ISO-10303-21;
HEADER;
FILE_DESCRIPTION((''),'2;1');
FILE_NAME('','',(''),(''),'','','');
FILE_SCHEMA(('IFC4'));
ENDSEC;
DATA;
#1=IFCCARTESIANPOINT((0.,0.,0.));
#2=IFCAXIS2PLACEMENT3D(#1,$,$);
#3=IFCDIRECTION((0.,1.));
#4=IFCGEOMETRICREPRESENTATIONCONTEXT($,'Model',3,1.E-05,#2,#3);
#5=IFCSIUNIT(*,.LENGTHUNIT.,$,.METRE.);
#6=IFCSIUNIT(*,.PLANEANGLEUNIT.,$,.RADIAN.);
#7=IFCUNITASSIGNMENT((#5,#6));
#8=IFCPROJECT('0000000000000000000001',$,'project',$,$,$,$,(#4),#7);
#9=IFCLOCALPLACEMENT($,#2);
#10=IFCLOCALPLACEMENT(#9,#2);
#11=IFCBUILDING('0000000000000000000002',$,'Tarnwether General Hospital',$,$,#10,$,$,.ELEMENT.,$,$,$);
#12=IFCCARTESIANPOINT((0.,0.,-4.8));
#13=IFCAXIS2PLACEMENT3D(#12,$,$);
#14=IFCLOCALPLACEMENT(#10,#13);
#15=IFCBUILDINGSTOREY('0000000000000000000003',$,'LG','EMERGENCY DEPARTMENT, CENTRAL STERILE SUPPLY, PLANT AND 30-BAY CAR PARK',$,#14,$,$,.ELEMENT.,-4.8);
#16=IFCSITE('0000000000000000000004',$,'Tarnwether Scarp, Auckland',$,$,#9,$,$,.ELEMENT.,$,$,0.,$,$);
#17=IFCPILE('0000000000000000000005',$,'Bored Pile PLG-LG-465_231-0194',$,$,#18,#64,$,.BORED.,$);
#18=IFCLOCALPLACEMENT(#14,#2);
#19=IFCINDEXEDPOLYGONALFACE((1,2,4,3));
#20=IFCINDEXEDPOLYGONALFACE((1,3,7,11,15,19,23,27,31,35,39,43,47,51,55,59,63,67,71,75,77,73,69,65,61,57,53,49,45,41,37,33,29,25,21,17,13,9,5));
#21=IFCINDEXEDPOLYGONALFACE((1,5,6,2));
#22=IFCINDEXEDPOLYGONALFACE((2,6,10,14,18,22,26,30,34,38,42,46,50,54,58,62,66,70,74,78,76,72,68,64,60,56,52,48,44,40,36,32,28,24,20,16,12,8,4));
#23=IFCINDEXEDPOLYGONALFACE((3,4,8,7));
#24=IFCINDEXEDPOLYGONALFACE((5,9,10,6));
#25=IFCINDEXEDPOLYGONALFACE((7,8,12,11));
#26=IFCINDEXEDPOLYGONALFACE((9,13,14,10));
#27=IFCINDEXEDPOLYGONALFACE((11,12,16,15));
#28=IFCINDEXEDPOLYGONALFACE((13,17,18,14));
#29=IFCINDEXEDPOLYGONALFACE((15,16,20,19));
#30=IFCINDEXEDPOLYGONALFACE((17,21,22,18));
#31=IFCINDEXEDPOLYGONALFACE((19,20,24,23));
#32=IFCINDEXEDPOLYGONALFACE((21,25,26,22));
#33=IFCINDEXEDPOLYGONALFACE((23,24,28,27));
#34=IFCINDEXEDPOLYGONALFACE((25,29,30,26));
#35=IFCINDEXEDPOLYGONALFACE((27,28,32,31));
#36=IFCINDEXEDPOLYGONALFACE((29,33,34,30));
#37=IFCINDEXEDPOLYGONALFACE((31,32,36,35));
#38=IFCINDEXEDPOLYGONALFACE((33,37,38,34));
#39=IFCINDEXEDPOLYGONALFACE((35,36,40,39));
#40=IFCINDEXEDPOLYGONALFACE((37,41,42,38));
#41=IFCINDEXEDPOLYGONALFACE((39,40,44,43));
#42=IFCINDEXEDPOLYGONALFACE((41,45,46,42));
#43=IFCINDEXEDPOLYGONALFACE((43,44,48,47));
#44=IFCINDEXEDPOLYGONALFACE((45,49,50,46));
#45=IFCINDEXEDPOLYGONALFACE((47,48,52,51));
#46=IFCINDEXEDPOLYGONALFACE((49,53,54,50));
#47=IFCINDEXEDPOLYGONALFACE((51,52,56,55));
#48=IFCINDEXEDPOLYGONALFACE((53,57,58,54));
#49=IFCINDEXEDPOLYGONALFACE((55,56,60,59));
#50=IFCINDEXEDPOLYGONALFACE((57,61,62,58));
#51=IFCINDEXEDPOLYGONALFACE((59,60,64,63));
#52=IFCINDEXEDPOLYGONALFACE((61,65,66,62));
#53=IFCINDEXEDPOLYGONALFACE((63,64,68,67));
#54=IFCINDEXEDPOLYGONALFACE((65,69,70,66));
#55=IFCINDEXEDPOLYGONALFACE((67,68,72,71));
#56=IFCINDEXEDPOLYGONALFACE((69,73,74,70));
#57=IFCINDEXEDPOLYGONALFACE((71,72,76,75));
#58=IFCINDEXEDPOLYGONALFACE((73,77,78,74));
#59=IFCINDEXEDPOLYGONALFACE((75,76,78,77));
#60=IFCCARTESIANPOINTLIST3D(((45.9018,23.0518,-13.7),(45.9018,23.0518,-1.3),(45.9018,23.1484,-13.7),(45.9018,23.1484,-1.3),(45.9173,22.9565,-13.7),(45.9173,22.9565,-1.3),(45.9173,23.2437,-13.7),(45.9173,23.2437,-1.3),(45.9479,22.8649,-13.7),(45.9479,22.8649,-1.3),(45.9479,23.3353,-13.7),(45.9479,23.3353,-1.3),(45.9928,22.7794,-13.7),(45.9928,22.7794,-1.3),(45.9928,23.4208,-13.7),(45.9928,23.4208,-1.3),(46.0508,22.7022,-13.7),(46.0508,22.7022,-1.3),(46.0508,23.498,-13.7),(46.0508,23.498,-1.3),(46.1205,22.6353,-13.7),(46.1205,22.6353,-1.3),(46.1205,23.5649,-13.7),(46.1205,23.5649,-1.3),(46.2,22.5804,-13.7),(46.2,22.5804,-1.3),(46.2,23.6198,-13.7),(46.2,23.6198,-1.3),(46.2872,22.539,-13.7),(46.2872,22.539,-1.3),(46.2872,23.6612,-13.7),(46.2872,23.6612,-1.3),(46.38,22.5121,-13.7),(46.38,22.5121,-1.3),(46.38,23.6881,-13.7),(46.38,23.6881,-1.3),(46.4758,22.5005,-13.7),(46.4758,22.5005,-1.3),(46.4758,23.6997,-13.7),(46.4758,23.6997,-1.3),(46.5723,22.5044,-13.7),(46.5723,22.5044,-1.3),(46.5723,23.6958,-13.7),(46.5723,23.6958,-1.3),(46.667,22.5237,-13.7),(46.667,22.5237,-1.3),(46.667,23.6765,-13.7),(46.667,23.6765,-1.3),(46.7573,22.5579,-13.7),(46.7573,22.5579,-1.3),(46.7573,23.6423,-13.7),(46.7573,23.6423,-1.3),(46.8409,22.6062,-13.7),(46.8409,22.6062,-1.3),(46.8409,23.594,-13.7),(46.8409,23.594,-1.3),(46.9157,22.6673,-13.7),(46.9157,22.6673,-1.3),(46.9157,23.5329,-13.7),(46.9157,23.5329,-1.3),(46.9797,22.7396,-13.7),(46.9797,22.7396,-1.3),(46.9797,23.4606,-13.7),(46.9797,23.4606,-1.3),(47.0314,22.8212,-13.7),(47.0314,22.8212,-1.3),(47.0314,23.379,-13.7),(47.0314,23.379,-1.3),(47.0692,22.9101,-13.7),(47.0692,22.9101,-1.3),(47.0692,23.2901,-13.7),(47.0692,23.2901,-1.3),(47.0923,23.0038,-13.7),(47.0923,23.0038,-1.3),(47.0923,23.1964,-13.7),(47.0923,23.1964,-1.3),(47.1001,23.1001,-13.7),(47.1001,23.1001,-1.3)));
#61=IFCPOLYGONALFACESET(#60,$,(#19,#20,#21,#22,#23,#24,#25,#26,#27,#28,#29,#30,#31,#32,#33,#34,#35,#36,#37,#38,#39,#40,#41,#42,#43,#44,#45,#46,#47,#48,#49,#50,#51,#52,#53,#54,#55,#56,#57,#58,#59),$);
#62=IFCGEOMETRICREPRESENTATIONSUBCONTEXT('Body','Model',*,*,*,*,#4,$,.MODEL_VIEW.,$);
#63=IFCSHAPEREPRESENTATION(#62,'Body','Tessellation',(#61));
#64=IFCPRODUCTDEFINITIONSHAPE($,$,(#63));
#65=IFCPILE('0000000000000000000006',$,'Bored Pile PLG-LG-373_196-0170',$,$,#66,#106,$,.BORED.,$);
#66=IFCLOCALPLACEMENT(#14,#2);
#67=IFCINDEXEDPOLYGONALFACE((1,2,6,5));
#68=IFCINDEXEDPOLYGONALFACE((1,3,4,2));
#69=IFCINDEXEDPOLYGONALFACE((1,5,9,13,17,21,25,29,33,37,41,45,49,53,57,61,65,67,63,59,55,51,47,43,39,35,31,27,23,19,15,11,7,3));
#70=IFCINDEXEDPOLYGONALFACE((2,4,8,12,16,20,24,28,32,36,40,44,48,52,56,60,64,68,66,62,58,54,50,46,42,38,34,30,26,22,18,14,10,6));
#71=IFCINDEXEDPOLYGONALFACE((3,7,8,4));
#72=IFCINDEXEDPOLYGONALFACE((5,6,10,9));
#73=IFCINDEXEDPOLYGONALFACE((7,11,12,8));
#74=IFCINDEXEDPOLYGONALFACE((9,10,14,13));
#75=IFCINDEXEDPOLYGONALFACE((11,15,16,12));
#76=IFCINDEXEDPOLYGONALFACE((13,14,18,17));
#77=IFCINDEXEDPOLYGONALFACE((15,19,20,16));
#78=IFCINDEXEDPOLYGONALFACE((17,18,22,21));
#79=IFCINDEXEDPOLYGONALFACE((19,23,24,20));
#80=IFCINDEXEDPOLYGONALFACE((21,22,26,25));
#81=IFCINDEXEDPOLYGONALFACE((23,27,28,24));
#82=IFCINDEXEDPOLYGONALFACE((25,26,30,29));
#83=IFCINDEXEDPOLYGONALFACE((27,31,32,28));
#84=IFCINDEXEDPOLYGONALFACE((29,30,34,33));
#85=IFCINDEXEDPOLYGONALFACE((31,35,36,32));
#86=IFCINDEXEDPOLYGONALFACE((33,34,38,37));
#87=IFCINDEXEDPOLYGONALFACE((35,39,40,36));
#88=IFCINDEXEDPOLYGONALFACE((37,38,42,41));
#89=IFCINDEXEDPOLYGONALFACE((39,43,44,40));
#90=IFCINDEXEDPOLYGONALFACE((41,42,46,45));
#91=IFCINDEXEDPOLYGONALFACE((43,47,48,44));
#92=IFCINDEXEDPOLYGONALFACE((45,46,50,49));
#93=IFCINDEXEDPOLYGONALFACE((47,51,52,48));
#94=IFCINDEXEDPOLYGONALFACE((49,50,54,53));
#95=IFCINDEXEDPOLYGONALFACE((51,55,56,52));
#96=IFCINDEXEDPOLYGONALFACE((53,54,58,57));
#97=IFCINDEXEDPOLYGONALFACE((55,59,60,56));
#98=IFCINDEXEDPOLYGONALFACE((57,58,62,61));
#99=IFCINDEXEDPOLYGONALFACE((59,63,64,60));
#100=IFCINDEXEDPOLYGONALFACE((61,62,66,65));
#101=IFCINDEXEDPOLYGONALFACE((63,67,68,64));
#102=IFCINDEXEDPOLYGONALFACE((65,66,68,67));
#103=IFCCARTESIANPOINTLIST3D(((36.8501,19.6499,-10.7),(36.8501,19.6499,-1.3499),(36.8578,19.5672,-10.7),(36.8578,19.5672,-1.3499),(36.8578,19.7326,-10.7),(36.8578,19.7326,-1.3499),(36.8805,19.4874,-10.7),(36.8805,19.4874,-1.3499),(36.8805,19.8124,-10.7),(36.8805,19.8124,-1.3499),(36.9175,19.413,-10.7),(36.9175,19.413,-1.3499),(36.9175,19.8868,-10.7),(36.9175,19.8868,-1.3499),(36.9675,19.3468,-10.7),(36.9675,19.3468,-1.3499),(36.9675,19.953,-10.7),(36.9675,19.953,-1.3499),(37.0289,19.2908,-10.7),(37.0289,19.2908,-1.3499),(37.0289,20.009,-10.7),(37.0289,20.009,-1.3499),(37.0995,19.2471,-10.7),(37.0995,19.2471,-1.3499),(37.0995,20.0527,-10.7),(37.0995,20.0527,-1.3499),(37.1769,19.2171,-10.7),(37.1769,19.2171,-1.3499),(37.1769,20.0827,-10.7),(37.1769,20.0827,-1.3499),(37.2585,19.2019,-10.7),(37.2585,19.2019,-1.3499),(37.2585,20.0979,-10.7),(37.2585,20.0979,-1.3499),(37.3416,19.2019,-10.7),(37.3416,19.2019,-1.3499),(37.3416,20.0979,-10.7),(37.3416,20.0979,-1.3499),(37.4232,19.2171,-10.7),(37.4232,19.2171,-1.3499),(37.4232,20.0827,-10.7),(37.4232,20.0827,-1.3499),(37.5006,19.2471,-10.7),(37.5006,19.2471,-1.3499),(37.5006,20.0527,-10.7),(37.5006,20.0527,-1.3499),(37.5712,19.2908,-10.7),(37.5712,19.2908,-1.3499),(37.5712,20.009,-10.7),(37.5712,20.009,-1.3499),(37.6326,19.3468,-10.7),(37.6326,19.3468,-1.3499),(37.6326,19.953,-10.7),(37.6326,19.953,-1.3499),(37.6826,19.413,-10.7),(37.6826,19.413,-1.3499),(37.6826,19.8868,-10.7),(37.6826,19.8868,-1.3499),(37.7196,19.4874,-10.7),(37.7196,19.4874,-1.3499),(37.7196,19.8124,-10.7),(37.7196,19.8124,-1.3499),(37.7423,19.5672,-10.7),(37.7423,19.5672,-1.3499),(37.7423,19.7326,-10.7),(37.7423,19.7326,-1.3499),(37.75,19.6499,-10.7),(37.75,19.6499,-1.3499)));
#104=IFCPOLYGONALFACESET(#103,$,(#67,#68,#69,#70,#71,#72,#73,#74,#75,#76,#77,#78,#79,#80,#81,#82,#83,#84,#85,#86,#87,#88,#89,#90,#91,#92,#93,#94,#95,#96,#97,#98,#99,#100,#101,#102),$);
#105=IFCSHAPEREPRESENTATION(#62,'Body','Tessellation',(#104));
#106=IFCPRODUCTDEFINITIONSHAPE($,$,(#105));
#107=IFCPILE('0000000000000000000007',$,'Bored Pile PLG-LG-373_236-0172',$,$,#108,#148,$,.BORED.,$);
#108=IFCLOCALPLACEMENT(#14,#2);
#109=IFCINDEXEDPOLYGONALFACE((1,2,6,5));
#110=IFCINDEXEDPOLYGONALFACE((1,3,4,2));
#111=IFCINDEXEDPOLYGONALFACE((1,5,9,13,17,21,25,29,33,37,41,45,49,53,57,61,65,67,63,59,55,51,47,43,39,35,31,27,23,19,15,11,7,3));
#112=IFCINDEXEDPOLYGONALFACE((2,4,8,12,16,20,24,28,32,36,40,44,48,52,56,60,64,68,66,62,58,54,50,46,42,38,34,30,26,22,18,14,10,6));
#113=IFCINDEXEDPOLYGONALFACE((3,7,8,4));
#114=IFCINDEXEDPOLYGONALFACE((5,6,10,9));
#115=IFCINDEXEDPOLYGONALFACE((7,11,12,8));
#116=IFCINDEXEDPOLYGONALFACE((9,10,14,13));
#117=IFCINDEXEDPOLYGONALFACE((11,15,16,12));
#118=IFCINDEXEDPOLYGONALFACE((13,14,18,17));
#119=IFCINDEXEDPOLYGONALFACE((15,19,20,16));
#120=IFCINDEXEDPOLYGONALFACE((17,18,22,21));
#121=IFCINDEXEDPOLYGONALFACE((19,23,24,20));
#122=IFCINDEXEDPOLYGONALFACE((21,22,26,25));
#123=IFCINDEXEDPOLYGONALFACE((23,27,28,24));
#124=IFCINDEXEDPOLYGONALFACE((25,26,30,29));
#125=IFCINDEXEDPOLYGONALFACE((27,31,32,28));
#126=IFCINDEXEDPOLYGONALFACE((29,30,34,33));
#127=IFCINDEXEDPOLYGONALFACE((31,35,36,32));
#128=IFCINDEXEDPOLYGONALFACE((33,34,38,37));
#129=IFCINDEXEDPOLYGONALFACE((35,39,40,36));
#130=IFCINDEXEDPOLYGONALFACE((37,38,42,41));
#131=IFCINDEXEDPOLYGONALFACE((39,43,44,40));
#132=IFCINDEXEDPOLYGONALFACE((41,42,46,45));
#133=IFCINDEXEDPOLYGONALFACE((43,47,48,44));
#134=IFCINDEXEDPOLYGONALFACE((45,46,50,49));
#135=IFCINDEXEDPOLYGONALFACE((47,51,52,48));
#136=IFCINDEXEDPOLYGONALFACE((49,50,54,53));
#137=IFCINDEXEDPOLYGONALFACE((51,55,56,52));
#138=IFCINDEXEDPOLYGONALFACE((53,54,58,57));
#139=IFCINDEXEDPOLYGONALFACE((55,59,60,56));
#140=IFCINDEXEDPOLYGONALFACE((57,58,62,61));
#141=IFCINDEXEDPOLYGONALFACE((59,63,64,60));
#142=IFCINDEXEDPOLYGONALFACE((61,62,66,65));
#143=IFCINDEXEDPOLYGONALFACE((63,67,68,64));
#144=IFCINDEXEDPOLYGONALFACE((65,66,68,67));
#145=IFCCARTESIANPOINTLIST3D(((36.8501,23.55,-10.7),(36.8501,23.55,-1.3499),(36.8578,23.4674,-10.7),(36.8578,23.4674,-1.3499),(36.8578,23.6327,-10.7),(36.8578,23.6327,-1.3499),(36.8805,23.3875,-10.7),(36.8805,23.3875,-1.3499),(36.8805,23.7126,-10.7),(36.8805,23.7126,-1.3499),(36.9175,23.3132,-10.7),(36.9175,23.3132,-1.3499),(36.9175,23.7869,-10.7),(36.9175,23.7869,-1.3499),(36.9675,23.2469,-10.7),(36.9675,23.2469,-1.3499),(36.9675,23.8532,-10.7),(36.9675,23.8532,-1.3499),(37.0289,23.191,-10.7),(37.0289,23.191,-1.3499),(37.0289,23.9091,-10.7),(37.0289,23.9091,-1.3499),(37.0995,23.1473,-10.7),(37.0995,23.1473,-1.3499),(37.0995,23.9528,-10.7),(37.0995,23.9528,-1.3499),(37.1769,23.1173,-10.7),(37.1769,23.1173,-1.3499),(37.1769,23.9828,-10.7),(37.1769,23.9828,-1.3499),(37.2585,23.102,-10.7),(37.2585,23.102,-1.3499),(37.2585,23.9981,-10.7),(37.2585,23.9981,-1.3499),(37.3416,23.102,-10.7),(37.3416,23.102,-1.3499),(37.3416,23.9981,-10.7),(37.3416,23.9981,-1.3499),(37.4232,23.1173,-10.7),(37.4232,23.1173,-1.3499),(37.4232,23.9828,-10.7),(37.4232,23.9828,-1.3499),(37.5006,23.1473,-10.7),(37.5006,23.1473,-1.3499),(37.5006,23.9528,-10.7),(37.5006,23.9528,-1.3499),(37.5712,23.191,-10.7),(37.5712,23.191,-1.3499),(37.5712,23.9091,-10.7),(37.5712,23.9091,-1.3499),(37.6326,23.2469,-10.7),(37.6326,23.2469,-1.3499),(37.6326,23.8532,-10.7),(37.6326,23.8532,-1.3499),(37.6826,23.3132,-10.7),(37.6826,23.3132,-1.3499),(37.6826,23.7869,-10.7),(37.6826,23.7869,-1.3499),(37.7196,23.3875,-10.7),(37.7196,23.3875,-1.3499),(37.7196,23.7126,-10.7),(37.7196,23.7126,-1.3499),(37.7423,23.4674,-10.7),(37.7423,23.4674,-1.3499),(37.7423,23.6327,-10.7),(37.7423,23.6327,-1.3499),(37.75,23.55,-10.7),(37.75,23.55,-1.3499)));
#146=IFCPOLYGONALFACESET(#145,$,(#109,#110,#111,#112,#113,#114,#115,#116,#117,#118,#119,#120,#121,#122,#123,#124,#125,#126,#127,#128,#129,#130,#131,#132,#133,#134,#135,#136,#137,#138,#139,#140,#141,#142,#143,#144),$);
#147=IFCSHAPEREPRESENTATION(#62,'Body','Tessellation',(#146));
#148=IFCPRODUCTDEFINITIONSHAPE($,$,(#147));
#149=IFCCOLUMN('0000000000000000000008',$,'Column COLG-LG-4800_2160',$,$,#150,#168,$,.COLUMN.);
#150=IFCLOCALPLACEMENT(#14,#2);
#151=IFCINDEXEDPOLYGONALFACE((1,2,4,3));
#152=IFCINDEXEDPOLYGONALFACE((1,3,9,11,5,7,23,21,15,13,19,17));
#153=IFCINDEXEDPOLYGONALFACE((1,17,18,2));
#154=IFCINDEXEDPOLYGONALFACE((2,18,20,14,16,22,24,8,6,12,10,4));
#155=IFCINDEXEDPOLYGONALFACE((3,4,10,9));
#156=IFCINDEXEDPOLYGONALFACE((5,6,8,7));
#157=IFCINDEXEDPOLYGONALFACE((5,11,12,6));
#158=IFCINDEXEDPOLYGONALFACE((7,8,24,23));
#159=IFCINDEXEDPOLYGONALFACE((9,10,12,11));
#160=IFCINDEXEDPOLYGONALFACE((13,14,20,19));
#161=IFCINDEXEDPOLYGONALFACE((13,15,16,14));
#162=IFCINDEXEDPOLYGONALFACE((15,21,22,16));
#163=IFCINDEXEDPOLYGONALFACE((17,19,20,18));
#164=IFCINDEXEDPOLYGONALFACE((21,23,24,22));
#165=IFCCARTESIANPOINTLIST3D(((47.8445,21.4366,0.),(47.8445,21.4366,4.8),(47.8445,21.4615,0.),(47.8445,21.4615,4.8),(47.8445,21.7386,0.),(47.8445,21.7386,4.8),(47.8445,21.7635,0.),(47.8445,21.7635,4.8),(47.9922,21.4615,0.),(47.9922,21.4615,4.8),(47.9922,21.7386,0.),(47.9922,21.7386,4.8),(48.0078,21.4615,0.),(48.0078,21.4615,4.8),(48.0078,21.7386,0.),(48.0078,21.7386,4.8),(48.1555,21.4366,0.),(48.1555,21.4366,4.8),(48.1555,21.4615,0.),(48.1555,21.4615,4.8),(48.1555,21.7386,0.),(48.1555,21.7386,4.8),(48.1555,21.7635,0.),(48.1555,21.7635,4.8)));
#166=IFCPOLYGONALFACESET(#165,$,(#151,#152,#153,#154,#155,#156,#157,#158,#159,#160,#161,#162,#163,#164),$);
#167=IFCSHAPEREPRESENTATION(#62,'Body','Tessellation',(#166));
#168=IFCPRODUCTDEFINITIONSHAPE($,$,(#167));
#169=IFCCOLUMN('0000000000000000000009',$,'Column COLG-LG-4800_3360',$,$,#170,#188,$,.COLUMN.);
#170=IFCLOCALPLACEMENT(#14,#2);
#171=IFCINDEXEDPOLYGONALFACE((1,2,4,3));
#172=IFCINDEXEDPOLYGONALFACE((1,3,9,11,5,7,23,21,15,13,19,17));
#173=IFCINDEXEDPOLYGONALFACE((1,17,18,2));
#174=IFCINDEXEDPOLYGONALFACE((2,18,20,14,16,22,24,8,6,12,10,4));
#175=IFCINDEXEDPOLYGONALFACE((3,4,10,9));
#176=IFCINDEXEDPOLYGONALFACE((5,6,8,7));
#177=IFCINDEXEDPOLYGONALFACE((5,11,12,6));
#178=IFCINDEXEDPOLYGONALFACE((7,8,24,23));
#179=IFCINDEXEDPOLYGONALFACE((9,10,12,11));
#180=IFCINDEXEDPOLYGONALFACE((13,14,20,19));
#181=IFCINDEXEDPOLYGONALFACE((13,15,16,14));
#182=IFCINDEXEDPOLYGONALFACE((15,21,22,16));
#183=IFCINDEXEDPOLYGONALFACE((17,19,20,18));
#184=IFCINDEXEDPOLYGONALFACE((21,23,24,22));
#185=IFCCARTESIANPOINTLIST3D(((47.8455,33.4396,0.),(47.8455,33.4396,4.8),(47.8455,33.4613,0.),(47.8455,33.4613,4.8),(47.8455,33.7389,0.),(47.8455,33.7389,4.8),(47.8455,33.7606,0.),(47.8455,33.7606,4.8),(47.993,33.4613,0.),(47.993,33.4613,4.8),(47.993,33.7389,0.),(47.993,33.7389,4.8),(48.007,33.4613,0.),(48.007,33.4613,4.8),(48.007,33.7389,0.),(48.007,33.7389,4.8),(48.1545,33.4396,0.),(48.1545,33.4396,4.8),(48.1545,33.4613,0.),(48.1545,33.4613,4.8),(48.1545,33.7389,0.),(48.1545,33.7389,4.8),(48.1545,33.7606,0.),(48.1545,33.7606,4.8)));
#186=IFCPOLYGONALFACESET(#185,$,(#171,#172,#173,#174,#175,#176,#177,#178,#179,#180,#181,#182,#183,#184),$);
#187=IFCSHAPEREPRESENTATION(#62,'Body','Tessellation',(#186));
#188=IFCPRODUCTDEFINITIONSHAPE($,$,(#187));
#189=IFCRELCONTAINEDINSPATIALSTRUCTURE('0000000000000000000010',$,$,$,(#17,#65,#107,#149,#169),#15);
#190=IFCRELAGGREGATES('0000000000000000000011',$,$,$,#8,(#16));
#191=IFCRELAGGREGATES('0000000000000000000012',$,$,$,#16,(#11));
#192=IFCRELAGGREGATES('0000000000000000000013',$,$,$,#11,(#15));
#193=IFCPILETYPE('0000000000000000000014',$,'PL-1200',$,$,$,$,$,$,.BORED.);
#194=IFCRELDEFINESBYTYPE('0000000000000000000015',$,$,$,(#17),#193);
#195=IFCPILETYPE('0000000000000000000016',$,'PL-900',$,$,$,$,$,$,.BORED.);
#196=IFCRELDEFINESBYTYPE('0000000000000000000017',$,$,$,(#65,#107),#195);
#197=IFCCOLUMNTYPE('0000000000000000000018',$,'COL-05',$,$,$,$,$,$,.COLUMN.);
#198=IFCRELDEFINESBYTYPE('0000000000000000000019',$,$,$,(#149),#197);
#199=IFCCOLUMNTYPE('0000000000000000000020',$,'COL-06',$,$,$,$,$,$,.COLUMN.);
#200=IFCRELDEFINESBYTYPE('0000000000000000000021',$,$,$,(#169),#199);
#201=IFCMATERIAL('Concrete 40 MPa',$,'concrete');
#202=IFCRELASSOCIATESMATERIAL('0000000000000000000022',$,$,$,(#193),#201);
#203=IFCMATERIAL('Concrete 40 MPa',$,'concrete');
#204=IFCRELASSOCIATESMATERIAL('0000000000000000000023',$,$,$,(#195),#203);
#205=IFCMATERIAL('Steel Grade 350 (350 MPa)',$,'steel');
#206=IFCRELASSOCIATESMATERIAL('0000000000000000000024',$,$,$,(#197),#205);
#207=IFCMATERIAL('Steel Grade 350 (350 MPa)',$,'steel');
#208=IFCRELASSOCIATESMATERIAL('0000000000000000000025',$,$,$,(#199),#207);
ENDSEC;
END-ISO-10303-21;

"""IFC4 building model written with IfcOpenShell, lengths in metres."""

from ifc_helpers import new_model, si_unit, direction, frame, origin, origin_2d, place, context, subcontext, project, spatial, circle, i_section, extrude, material, material_profile, profile_set, type_object, element, save


model = new_model("IFC4")

# Units and contexts
model_context = context("Model", 3, precision=1e-05, world=origin(), true_north=direction((0.0, 1.0)))
body_context = subcontext(model_context, "Body", "Model", "MODEL_VIEW")
ifc_project = project(units=[si_unit("LENGTHUNIT", "METRE"), si_unit("PLANEANGLEUNIT", "RADIAN")], contexts=[model_context])

# Site, building, storey
site_placement = place(None, origin())
site = spatial("IfcSite", under=ifc_project, at=site_placement, Name="Tarnwether Scarp, Auckland", CompositionType="ELEMENT", RefElevation=0.0)
building_placement = place(site_placement, origin())
building = spatial("IfcBuilding", under=site, at=building_placement, Name="Tarnwether General Hospital", CompositionType="ELEMENT")
storey_placement = place(building_placement, frame((0.0, 0.0, -4.8)))
storey = spatial("IfcBuildingStorey", under=building, at=storey_placement, Name="LG", Description="EMERGENCY DEPARTMENT, CENTRAL STERILE SUPPLY, PLANT AND 30-BAY CAR PARK", CompositionType="ELEMENT", Elevation=-4.8)

# Piles
ifc_material_1 = material(Name="Concrete 40 MPa", Category="concrete")
ifc_material_profile_1 = material_profile(ifc_material_1, circle(Radius=0.6001, at=origin_2d()), Name="PILE-D1200")
ifc_profile_set_1 = profile_set([ifc_material_profile_1], Name="Concrete 40 MPa")
pile_type_1 = type_object("IfcPileType", Name="PL-1200", PredefinedType="BORED", material=ifc_profile_set_1)
for number, where, z_axis, x_axis, name in (
    (1, (46.5, 23.1001, -1.3), (0.0, 0.0, -1.0), (1.0, 0.0, 0.0), "Bored Pile PLG-LG-465_231-0194"),
):
    element("IfcPile", number, at=place(storey_placement, frame(where, z_axis=z_axis, x_axis=x_axis)), inside=storey, type_object=pile_type_1, Name=name, PredefinedType="BORED", context=body_context, shape_type="SweptSolid", body=[
        extrude(circle(Radius=0.6001, at=origin_2d()), origin(), (0.0, 0.0, 1.0), 12.3999),
    ])
ifc_material_2 = material(Name="Concrete 40 MPa", Category="concrete")
ifc_material_profile_2 = material_profile(ifc_material_2, circle(Radius=0.45, at=origin_2d()), Name="PILE-D900")
ifc_profile_set_2 = profile_set([ifc_material_profile_2], Name="Concrete 40 MPa")
pile_type_2 = type_object("IfcPileType", Name="PL-900", PredefinedType="BORED", material=ifc_profile_set_2)
for number, where, z_axis, x_axis, name in (
    (2, (37.3, 19.6499, -1.3499), (0.0, 0.0, -1.0), (1.0, 0.0, 0.0), "Bored Pile PLG-LG-373_196-0170"),
    (3, (37.3, 23.55, -1.3499), (0.0, 0.0, -1.0), (1.0, 0.0, 0.0), "Bored Pile PLG-LG-373_236-0172"),
):
    element("IfcPile", number, at=place(storey_placement, frame(where, z_axis=z_axis, x_axis=x_axis)), inside=storey, type_object=pile_type_2, Name=name, PredefinedType="BORED", context=body_context, shape_type="SweptSolid", body=[
        extrude(circle(Radius=0.45, at=origin_2d()), origin(), (0.0, 0.0, 1.0), 9.3501),
    ])

# Columns
ifc_material_3 = material(Name="Steel Grade 350 (350 MPa)", Category="steel")
ifc_material_profile_3 = material_profile(ifc_material_3, i_section(OverallWidth=0.311, OverallDepth=0.3269, WebThickness=0.0156, FlangeThickness=0.0249, at=origin_2d()), Name="310UC158")
ifc_profile_set_3 = profile_set([ifc_material_profile_3], Name="Steel Grade 350 (350 MPa)")
column_type_1 = type_object("IfcColumnType", Name="COL-05", PredefinedType="COLUMN", material=ifc_profile_set_3)
column_1_placement = place(storey_placement, frame((48.0, 21.6001, 0.0), z_axis=(0.0, 0.0, 1.0), x_axis=(1.0, 0.0, 0.0)))
element("IfcColumn", 4, at=column_1_placement, inside=storey, type_object=column_type_1, Name="Column COLG-LG-4800_2160", PredefinedType="COLUMN", context=body_context, shape_type="SweptSolid", body=[
    extrude(i_section(OverallWidth=0.311, OverallDepth=0.3269, WebThickness=0.0156, FlangeThickness=0.0249, at=origin_2d()), origin(), (0.0, 0.0, 1.0), 4.8),
])
ifc_material_4 = material(Name="Steel Grade 350 (350 MPa)", Category="steel")
ifc_material_profile_4 = material_profile(ifc_material_4, i_section(OverallWidth=0.3091, OverallDepth=0.321, WebThickness=0.0139, FlangeThickness=0.0217, at=origin_2d()), Name="310UC137")
ifc_profile_set_4 = profile_set([ifc_material_profile_4], Name="Steel Grade 350 (350 MPa)")
column_type_2 = type_object("IfcColumnType", Name="COL-06", PredefinedType="COLUMN", material=ifc_profile_set_4)
column_2_placement = place(storey_placement, frame((48.0, 33.6001, 0.0), z_axis=(0.0, 0.0, 1.0), x_axis=(1.0, 0.0, 0.0)))
element("IfcColumn", 5, at=column_2_placement, inside=storey, type_object=column_type_2, Name="Column COLG-LG-4800_3360", PredefinedType="COLUMN", context=body_context, shape_type="SweptSolid", body=[
    extrude(i_section(OverallWidth=0.3091, OverallDepth=0.321, WebThickness=0.0139, FlangeThickness=0.0217, at=origin_2d()), origin(), (0.0, 0.0, 1.0), 4.8),
])

save(model, "model.ifc")
